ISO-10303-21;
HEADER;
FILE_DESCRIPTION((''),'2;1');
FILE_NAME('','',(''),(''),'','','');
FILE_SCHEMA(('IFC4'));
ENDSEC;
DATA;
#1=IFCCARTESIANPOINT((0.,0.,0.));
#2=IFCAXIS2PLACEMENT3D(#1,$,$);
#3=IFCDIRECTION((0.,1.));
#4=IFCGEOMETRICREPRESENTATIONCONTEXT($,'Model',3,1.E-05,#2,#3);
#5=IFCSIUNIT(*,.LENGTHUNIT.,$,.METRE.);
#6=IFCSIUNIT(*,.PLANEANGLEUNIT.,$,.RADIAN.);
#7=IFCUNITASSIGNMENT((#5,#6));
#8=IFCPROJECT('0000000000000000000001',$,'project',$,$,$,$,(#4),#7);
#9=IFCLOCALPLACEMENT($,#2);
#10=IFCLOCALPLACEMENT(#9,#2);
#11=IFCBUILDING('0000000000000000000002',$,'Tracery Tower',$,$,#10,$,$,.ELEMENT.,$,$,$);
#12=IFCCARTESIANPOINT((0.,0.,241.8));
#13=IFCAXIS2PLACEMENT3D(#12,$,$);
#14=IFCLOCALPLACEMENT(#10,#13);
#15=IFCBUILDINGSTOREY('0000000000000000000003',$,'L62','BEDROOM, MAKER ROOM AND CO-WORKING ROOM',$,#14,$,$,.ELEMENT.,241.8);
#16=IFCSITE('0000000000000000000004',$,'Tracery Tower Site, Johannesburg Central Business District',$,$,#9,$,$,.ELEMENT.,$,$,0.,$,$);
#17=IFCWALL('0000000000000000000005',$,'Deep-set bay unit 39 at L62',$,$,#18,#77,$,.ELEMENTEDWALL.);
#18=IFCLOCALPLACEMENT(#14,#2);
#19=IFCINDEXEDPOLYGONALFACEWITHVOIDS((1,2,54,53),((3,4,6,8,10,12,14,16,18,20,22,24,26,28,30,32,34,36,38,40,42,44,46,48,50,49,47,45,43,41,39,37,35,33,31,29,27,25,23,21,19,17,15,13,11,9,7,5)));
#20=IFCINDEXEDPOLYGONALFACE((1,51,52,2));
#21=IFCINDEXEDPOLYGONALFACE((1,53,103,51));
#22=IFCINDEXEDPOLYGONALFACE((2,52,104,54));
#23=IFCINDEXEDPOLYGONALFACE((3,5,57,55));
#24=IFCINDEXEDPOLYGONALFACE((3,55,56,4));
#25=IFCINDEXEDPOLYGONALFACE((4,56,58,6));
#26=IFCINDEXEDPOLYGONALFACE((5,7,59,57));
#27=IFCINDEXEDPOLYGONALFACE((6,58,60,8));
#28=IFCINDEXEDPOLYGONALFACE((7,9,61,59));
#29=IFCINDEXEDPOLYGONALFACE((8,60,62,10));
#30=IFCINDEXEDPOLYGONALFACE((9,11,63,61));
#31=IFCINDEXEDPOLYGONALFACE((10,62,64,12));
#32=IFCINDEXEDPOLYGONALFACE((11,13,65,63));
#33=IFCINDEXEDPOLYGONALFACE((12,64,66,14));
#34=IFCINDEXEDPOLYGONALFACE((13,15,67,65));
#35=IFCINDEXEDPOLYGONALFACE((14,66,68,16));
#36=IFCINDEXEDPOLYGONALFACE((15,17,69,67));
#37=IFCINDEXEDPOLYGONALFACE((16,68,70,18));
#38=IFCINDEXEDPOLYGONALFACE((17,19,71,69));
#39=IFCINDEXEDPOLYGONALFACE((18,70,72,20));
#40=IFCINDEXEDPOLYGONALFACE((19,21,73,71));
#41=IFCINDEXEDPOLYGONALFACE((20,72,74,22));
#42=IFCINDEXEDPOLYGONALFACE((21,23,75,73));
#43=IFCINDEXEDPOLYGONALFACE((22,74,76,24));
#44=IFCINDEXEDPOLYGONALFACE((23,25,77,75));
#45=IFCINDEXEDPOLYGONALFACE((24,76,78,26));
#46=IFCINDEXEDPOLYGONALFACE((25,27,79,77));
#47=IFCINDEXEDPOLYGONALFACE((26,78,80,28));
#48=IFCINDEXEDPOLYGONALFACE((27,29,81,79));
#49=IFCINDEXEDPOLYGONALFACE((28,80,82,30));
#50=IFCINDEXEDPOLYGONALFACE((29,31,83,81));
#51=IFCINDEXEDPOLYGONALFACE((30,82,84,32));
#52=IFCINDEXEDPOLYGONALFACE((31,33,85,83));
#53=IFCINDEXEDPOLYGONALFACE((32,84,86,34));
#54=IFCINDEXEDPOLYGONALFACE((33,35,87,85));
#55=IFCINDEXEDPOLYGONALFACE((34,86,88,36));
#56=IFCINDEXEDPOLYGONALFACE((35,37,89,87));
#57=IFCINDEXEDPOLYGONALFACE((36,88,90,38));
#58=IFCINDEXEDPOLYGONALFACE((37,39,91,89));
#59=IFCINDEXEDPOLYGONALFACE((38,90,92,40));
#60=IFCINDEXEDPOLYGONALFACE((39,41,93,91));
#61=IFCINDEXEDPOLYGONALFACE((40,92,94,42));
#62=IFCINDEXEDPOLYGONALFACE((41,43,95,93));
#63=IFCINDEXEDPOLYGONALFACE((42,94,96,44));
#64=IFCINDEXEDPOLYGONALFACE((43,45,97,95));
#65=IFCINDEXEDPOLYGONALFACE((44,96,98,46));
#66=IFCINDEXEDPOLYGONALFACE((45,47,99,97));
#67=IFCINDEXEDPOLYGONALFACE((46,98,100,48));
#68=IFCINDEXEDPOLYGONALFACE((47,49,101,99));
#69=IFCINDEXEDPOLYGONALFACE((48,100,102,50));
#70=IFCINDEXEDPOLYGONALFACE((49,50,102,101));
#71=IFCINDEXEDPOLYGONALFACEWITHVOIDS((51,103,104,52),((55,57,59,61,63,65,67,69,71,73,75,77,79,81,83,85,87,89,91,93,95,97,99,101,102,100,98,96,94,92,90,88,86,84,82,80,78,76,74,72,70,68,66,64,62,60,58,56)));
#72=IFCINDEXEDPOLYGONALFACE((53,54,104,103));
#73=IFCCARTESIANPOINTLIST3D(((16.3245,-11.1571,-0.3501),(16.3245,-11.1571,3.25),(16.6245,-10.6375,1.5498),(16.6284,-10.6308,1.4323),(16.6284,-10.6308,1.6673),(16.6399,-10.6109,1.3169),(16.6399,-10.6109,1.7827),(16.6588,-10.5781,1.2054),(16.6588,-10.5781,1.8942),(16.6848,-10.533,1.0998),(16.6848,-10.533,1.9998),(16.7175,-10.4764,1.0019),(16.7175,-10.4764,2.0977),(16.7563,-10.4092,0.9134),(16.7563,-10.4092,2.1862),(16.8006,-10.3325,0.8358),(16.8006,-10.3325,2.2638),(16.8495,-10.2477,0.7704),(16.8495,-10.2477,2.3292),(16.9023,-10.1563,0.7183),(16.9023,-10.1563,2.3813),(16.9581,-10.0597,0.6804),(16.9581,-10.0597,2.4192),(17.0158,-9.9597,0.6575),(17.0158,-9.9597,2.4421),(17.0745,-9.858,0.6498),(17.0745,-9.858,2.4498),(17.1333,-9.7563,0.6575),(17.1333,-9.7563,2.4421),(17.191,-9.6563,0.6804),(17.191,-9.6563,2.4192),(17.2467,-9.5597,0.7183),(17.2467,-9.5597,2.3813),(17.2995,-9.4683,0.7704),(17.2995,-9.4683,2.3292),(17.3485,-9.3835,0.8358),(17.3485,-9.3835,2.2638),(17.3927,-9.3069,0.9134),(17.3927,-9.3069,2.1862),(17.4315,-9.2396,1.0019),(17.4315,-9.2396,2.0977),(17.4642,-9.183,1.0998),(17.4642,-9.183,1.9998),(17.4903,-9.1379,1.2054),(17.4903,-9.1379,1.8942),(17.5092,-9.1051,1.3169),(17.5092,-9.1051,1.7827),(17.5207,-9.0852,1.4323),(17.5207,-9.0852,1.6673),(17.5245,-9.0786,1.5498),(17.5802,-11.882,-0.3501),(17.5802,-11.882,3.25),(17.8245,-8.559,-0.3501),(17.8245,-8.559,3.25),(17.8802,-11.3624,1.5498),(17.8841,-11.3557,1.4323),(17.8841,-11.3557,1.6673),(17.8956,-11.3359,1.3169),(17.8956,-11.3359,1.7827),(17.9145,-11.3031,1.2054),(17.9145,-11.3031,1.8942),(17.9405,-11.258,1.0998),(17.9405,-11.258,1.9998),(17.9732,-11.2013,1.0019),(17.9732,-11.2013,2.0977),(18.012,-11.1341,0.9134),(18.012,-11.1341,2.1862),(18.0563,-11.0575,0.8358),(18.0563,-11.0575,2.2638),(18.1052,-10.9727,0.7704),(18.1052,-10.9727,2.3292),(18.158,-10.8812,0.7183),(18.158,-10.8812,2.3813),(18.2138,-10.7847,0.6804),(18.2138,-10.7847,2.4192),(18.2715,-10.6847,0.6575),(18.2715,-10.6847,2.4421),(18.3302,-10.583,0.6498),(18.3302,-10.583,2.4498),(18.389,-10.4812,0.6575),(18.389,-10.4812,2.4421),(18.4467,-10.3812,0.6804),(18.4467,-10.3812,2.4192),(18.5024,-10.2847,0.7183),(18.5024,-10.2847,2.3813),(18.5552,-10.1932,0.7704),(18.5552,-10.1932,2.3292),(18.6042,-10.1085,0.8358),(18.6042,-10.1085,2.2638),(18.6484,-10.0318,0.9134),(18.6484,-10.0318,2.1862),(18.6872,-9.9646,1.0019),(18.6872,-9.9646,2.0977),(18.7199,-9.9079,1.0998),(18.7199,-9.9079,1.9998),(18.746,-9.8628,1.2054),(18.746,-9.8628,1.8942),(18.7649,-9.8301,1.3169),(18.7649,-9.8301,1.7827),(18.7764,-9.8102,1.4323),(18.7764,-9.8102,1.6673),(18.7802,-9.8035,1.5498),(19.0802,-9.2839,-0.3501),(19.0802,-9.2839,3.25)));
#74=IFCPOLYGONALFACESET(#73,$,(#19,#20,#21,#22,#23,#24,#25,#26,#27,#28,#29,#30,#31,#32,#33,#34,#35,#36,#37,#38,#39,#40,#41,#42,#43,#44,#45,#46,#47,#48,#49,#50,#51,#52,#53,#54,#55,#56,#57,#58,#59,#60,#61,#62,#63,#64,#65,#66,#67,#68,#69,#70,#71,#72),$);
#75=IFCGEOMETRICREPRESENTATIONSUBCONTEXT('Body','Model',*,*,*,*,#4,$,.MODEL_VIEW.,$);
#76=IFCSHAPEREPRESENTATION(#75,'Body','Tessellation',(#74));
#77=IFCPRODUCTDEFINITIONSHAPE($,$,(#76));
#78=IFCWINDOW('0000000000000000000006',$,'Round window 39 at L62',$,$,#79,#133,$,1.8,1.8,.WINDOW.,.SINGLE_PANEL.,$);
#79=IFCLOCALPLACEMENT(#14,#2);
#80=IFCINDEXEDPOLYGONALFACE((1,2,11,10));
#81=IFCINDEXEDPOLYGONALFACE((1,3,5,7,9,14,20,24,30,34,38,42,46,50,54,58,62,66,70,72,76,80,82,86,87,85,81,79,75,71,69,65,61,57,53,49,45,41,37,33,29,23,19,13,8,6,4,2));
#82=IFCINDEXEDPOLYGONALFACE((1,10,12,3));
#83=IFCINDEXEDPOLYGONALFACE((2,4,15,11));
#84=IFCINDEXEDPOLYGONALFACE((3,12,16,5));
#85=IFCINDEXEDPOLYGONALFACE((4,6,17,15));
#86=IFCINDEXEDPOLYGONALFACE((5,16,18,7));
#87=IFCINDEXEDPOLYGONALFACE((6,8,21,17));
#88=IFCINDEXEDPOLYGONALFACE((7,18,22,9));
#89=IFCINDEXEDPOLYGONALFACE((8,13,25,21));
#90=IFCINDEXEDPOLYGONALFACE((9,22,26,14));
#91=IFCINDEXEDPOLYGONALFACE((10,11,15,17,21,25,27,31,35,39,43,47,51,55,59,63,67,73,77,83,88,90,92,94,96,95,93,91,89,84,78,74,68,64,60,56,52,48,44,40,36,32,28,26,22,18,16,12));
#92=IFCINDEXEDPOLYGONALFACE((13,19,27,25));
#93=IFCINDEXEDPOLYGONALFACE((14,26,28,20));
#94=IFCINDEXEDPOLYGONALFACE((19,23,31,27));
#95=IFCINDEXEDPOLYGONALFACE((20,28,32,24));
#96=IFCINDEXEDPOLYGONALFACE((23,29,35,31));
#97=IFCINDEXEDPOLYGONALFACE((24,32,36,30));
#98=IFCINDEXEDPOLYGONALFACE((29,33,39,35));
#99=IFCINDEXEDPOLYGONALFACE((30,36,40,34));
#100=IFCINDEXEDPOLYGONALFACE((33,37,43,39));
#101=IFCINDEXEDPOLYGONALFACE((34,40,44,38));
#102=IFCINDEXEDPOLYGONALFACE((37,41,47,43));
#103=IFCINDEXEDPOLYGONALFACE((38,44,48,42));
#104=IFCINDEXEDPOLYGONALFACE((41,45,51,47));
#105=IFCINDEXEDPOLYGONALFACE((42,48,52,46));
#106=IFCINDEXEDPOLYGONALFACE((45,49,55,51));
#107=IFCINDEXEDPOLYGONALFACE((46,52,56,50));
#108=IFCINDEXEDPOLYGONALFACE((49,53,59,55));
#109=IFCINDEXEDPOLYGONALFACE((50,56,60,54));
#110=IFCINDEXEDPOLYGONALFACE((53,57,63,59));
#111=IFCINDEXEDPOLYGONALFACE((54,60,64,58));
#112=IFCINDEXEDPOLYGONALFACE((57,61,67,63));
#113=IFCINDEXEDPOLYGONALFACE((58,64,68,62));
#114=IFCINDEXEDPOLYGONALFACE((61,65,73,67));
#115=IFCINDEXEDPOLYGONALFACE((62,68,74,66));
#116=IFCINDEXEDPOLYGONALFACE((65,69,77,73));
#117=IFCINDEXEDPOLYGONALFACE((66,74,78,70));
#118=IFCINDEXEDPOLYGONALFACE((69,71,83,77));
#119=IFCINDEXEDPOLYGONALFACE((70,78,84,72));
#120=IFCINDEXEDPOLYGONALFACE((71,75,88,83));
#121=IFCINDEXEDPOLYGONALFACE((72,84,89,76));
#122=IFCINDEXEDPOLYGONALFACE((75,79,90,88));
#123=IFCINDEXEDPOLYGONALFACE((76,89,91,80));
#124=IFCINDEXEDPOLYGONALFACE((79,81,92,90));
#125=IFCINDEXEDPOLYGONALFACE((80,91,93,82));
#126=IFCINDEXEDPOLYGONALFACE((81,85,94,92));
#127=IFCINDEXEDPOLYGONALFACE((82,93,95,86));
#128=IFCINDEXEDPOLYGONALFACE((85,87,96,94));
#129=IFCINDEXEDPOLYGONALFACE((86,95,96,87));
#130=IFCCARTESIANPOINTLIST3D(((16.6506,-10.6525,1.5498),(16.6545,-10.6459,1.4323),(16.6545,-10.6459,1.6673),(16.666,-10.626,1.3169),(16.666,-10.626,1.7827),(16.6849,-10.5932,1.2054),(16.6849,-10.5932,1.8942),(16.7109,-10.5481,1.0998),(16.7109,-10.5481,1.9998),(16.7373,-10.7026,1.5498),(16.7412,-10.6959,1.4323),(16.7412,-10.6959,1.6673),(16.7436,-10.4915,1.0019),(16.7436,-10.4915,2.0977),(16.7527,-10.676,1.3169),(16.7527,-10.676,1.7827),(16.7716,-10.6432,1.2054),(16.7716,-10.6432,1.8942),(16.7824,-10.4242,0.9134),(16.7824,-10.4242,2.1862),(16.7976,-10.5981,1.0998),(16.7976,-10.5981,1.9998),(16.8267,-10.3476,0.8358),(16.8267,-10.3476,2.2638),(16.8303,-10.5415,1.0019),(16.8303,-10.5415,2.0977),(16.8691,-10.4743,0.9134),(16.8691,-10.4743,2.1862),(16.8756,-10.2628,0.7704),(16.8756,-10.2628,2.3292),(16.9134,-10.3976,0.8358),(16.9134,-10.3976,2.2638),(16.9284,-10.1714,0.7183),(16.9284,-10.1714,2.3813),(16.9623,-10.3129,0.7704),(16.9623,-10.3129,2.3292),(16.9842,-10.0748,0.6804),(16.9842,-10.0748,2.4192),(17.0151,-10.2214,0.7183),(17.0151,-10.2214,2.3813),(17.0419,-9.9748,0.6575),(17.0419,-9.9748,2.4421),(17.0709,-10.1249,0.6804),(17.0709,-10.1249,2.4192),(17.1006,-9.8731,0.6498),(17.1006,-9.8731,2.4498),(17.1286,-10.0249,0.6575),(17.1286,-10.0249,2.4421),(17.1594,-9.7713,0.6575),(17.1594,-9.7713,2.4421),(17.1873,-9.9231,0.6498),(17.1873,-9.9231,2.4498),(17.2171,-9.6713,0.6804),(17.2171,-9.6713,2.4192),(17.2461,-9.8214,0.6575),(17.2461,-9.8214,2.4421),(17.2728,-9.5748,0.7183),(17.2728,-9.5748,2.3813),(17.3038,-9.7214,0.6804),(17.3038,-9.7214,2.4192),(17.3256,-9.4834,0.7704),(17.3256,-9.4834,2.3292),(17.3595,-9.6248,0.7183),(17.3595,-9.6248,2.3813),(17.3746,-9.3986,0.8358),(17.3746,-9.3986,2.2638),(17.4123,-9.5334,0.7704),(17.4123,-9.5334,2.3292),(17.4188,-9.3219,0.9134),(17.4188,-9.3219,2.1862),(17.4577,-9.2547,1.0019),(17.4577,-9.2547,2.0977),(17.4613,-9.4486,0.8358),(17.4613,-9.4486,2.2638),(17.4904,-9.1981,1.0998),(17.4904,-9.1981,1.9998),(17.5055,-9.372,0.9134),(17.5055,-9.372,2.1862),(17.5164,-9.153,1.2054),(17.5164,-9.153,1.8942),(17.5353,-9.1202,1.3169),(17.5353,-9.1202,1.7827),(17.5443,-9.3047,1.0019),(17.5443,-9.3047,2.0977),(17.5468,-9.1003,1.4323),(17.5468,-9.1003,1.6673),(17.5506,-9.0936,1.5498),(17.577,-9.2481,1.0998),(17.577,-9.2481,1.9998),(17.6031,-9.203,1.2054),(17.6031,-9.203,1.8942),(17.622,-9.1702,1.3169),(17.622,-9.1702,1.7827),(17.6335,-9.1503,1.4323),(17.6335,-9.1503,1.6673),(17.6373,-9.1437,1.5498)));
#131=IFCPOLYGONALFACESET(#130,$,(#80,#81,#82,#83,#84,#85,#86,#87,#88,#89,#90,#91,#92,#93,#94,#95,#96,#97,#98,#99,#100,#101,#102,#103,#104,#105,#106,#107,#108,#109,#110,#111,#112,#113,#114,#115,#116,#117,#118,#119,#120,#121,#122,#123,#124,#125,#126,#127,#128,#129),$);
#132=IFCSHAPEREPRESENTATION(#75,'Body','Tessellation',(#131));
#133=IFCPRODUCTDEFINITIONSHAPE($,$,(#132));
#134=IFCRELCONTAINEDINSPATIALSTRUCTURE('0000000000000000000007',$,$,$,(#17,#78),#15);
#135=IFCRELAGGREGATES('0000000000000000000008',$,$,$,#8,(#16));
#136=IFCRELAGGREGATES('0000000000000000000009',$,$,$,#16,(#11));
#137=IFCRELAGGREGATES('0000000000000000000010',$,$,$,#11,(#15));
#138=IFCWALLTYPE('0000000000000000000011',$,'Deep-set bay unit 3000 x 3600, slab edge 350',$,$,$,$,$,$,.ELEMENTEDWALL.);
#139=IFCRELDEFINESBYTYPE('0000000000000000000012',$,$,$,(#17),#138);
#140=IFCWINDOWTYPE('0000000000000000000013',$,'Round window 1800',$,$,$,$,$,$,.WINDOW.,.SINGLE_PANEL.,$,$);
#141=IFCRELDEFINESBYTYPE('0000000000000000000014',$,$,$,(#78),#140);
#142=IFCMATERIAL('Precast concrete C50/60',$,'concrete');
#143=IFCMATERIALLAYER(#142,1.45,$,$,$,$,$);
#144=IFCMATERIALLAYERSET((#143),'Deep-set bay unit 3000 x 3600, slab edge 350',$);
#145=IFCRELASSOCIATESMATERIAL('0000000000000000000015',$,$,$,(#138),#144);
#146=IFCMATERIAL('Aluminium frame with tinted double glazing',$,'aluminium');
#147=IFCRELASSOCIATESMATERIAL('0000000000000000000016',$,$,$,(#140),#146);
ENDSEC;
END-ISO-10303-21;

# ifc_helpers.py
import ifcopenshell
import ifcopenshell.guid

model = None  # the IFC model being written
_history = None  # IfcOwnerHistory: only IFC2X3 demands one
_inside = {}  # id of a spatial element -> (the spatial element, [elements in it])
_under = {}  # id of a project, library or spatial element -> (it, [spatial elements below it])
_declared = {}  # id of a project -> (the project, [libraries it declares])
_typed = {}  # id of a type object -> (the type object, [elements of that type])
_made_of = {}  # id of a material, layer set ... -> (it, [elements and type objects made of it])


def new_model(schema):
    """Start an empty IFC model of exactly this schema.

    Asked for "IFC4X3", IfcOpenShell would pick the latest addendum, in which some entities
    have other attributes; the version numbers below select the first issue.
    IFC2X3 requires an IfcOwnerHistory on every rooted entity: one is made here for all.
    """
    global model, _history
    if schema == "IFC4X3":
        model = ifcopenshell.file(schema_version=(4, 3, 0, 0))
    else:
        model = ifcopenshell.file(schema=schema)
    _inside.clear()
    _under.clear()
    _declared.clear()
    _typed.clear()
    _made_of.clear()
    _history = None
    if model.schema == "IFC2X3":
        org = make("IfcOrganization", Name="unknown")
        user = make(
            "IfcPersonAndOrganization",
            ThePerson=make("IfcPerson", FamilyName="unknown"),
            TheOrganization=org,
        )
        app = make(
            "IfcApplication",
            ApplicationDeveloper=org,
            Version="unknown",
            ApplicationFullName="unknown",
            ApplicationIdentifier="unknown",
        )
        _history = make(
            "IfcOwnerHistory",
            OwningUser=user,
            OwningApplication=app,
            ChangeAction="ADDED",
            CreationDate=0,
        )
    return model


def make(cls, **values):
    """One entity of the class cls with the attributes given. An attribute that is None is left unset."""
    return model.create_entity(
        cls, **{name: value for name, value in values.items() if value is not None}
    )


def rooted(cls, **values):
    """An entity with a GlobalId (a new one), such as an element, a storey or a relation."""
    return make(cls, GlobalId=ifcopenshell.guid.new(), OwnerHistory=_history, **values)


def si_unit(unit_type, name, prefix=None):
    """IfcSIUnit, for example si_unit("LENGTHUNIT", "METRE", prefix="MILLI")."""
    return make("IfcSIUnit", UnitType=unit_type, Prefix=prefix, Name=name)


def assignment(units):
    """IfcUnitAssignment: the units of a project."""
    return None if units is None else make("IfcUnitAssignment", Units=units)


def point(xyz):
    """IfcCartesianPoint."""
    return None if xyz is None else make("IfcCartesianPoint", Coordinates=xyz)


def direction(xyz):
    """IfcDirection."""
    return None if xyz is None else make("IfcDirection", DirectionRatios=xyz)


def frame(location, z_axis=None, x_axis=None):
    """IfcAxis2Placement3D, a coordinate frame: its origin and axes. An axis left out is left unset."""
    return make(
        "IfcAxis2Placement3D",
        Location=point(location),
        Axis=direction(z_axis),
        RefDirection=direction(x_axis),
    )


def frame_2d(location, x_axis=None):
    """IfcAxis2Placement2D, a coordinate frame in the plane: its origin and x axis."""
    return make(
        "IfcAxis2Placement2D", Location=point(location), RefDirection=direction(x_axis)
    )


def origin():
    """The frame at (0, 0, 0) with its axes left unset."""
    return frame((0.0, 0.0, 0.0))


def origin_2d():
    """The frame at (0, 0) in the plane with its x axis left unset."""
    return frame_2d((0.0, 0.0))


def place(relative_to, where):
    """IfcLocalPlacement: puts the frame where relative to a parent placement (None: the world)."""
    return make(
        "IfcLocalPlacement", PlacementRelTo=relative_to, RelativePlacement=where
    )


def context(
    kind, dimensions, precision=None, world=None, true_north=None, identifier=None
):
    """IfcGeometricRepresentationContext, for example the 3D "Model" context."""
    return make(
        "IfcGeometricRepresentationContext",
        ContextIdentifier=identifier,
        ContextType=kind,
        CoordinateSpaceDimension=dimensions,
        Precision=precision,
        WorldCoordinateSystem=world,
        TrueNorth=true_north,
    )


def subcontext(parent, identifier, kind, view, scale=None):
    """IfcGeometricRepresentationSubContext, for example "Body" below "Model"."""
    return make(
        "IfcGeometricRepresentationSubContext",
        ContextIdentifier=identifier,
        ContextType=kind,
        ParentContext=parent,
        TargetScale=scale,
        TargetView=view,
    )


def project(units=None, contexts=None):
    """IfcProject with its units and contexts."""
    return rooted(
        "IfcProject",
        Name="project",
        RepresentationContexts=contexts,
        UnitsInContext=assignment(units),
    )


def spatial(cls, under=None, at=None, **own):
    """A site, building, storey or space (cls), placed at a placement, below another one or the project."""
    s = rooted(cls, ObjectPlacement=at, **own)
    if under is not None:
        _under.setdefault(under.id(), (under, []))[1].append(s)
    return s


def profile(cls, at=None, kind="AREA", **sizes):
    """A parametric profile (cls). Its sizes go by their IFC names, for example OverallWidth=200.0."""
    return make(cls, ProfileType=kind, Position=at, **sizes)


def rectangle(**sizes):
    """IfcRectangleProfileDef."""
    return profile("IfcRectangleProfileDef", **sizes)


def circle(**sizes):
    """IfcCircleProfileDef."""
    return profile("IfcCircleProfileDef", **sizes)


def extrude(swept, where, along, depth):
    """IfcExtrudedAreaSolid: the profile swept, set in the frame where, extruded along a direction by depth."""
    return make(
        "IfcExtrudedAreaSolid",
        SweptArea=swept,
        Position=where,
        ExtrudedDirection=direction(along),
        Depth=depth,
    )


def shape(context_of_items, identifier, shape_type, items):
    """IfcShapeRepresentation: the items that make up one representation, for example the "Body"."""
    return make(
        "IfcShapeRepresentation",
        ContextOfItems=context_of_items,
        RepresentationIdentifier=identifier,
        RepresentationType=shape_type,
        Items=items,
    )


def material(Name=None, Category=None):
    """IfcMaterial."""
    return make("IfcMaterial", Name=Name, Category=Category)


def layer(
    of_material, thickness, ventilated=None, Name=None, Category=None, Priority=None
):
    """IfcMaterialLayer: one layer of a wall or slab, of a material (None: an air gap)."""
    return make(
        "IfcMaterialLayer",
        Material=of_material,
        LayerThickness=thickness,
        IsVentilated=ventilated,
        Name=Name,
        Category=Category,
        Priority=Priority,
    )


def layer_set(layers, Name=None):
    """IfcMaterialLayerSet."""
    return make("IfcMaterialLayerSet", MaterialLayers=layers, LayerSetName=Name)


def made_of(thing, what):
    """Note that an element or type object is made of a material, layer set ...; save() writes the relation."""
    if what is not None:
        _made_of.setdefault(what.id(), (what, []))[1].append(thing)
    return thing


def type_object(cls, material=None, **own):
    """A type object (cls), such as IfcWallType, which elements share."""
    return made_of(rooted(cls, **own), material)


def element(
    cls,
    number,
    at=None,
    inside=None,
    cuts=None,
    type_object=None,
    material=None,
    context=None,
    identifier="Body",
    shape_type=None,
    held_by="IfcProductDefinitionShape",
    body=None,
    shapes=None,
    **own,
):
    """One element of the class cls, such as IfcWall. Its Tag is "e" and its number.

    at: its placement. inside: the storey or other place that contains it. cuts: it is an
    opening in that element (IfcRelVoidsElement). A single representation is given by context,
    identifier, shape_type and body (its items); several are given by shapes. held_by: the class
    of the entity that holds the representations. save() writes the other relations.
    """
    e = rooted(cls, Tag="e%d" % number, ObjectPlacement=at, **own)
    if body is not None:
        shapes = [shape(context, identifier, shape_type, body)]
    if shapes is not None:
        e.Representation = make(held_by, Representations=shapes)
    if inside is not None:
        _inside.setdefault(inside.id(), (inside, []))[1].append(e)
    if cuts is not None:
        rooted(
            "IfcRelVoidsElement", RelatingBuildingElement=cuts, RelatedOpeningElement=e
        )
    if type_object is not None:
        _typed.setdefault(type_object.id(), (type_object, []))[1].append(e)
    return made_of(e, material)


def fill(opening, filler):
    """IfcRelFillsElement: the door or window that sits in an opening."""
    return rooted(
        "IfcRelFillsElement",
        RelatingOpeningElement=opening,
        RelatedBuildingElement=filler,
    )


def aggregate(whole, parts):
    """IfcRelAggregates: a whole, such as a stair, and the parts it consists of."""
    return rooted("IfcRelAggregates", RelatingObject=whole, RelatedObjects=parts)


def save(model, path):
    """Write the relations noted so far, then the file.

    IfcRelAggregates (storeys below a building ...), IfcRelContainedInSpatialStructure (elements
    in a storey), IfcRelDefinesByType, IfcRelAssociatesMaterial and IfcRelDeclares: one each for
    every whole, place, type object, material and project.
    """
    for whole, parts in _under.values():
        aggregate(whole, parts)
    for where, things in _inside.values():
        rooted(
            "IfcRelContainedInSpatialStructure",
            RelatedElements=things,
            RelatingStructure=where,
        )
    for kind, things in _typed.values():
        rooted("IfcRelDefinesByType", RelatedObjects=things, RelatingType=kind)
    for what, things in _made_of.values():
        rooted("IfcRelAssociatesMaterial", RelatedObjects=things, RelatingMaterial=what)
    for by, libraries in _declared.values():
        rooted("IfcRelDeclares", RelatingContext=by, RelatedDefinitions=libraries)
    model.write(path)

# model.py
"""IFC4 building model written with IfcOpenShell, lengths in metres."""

from ifc_helpers import new_model, si_unit, direction, frame, frame_2d, origin, origin_2d, place, context, subcontext, project, spatial, rectangle, circle, extrude, material, layer, layer_set, type_object, element, fill, save


model = new_model("IFC4")

# Units and contexts
model_context = context("Model", 3, precision=1e-05, world=origin(), true_north=direction((0.0, 1.0)))
body_context = subcontext(model_context, "Body", "Model", "MODEL_VIEW")
ifc_project = project(units=[si_unit("LENGTHUNIT", "METRE"), si_unit("PLANEANGLEUNIT", "RADIAN")], contexts=[model_context])

# Site, building, storey
site_placement = place(None, origin())
site = spatial("IfcSite", under=ifc_project, at=site_placement, Name="Tracery Tower Site, Johannesburg Central Business District", CompositionType="ELEMENT", RefElevation=0.0)
building_placement = place(site_placement, origin())
building = spatial("IfcBuilding", under=site, at=building_placement, Name="Tracery Tower", CompositionType="ELEMENT")
storey_placement = place(building_placement, frame((0.0, 0.0, 241.8)))
storey = spatial("IfcBuildingStorey", under=building, at=storey_placement, Name="L62", Description="BEDROOM, MAKER ROOM AND CO-WORKING ROOM", CompositionType="ELEMENT", Elevation=241.8)

# Wall, opening, window
ifc_material_1 = material(Name="Precast concrete C50/60", Category="concrete")
ifc_layer_1 = layer(ifc_material_1, 1.45)
ifc_layer_set_1 = layer_set([ifc_layer_1], Name="Deep-set bay unit 3000 x 3600, slab edge 350")
wall_type_1 = type_object("IfcWallType", Name="Deep-set bay unit 3000 x 3600, slab edge 350", PredefinedType="ELEMENTEDWALL", material=ifc_layer_set_1)
ifc_material_2 = material(Name="Aluminium frame with tinted double glazing", Category="aluminium")
window_type = type_object("IfcWindowType", Name="Round window 1800", PartitioningType="SINGLE_PANEL", PredefinedType="WINDOW", material=ifc_material_2)
wall_1_placement = place(storey_placement, frame((16.9524, -11.5195, -0.3501), z_axis=(0.0, 0.0, 1.0), x_axis=(0.49999, 0.866031, 0.0)))
wall_1 = element("IfcWall", 1, at=wall_1_placement, inside=storey, type_object=wall_type_1, Name="Deep-set bay unit 39 at L62", PredefinedType="ELEMENTEDWALL", context=body_context, shape_type="SweptSolid", body=[
    extrude(rectangle(XDim=3.0, YDim=1.45, at=frame_2d((1.5, 0.0))), origin(), (0.0, 0.0, 1.0), 3.6001),
])
opening_1_placement = place(wall_1_placement, frame((1.5, 0.0, 1.8999)))
opening_1 = element("IfcOpeningElement", 2, at=opening_1_placement, cuts=wall_1, PredefinedType="OPENING", context=body_context, shape_type="SweptSolid", body=[
    extrude(circle(Radius=0.9, at=origin_2d()), frame((0.0, 0.7349, 0.0), z_axis=(0.0, -1.0, 0.0), x_axis=(1.0, 0.0, 0.0)), (0.0, 0.0, 1.0), 1.47),
])
window_1_placement = place(opening_1_placement, origin())
window_1 = element("IfcWindow", 3, at=window_1_placement, inside=storey, type_object=window_type, Name="Round window 39 at L62", OverallHeight=1.8, OverallWidth=1.8, PartitioningType="SINGLE_PANEL", PredefinedType="WINDOW", context=body_context, shape_type="SweptSolid", body=[
    extrude(circle(Radius=0.9, at=origin_2d()), frame((0.0, 0.6948, 0.0), z_axis=(0.0, -1.0, 0.0), x_axis=(1.0, 0.0, 0.0)), (0.0, 0.0, 1.0), 0.1001),
])
fill(opening_1, window_1)

save(model, "model.ifc")
